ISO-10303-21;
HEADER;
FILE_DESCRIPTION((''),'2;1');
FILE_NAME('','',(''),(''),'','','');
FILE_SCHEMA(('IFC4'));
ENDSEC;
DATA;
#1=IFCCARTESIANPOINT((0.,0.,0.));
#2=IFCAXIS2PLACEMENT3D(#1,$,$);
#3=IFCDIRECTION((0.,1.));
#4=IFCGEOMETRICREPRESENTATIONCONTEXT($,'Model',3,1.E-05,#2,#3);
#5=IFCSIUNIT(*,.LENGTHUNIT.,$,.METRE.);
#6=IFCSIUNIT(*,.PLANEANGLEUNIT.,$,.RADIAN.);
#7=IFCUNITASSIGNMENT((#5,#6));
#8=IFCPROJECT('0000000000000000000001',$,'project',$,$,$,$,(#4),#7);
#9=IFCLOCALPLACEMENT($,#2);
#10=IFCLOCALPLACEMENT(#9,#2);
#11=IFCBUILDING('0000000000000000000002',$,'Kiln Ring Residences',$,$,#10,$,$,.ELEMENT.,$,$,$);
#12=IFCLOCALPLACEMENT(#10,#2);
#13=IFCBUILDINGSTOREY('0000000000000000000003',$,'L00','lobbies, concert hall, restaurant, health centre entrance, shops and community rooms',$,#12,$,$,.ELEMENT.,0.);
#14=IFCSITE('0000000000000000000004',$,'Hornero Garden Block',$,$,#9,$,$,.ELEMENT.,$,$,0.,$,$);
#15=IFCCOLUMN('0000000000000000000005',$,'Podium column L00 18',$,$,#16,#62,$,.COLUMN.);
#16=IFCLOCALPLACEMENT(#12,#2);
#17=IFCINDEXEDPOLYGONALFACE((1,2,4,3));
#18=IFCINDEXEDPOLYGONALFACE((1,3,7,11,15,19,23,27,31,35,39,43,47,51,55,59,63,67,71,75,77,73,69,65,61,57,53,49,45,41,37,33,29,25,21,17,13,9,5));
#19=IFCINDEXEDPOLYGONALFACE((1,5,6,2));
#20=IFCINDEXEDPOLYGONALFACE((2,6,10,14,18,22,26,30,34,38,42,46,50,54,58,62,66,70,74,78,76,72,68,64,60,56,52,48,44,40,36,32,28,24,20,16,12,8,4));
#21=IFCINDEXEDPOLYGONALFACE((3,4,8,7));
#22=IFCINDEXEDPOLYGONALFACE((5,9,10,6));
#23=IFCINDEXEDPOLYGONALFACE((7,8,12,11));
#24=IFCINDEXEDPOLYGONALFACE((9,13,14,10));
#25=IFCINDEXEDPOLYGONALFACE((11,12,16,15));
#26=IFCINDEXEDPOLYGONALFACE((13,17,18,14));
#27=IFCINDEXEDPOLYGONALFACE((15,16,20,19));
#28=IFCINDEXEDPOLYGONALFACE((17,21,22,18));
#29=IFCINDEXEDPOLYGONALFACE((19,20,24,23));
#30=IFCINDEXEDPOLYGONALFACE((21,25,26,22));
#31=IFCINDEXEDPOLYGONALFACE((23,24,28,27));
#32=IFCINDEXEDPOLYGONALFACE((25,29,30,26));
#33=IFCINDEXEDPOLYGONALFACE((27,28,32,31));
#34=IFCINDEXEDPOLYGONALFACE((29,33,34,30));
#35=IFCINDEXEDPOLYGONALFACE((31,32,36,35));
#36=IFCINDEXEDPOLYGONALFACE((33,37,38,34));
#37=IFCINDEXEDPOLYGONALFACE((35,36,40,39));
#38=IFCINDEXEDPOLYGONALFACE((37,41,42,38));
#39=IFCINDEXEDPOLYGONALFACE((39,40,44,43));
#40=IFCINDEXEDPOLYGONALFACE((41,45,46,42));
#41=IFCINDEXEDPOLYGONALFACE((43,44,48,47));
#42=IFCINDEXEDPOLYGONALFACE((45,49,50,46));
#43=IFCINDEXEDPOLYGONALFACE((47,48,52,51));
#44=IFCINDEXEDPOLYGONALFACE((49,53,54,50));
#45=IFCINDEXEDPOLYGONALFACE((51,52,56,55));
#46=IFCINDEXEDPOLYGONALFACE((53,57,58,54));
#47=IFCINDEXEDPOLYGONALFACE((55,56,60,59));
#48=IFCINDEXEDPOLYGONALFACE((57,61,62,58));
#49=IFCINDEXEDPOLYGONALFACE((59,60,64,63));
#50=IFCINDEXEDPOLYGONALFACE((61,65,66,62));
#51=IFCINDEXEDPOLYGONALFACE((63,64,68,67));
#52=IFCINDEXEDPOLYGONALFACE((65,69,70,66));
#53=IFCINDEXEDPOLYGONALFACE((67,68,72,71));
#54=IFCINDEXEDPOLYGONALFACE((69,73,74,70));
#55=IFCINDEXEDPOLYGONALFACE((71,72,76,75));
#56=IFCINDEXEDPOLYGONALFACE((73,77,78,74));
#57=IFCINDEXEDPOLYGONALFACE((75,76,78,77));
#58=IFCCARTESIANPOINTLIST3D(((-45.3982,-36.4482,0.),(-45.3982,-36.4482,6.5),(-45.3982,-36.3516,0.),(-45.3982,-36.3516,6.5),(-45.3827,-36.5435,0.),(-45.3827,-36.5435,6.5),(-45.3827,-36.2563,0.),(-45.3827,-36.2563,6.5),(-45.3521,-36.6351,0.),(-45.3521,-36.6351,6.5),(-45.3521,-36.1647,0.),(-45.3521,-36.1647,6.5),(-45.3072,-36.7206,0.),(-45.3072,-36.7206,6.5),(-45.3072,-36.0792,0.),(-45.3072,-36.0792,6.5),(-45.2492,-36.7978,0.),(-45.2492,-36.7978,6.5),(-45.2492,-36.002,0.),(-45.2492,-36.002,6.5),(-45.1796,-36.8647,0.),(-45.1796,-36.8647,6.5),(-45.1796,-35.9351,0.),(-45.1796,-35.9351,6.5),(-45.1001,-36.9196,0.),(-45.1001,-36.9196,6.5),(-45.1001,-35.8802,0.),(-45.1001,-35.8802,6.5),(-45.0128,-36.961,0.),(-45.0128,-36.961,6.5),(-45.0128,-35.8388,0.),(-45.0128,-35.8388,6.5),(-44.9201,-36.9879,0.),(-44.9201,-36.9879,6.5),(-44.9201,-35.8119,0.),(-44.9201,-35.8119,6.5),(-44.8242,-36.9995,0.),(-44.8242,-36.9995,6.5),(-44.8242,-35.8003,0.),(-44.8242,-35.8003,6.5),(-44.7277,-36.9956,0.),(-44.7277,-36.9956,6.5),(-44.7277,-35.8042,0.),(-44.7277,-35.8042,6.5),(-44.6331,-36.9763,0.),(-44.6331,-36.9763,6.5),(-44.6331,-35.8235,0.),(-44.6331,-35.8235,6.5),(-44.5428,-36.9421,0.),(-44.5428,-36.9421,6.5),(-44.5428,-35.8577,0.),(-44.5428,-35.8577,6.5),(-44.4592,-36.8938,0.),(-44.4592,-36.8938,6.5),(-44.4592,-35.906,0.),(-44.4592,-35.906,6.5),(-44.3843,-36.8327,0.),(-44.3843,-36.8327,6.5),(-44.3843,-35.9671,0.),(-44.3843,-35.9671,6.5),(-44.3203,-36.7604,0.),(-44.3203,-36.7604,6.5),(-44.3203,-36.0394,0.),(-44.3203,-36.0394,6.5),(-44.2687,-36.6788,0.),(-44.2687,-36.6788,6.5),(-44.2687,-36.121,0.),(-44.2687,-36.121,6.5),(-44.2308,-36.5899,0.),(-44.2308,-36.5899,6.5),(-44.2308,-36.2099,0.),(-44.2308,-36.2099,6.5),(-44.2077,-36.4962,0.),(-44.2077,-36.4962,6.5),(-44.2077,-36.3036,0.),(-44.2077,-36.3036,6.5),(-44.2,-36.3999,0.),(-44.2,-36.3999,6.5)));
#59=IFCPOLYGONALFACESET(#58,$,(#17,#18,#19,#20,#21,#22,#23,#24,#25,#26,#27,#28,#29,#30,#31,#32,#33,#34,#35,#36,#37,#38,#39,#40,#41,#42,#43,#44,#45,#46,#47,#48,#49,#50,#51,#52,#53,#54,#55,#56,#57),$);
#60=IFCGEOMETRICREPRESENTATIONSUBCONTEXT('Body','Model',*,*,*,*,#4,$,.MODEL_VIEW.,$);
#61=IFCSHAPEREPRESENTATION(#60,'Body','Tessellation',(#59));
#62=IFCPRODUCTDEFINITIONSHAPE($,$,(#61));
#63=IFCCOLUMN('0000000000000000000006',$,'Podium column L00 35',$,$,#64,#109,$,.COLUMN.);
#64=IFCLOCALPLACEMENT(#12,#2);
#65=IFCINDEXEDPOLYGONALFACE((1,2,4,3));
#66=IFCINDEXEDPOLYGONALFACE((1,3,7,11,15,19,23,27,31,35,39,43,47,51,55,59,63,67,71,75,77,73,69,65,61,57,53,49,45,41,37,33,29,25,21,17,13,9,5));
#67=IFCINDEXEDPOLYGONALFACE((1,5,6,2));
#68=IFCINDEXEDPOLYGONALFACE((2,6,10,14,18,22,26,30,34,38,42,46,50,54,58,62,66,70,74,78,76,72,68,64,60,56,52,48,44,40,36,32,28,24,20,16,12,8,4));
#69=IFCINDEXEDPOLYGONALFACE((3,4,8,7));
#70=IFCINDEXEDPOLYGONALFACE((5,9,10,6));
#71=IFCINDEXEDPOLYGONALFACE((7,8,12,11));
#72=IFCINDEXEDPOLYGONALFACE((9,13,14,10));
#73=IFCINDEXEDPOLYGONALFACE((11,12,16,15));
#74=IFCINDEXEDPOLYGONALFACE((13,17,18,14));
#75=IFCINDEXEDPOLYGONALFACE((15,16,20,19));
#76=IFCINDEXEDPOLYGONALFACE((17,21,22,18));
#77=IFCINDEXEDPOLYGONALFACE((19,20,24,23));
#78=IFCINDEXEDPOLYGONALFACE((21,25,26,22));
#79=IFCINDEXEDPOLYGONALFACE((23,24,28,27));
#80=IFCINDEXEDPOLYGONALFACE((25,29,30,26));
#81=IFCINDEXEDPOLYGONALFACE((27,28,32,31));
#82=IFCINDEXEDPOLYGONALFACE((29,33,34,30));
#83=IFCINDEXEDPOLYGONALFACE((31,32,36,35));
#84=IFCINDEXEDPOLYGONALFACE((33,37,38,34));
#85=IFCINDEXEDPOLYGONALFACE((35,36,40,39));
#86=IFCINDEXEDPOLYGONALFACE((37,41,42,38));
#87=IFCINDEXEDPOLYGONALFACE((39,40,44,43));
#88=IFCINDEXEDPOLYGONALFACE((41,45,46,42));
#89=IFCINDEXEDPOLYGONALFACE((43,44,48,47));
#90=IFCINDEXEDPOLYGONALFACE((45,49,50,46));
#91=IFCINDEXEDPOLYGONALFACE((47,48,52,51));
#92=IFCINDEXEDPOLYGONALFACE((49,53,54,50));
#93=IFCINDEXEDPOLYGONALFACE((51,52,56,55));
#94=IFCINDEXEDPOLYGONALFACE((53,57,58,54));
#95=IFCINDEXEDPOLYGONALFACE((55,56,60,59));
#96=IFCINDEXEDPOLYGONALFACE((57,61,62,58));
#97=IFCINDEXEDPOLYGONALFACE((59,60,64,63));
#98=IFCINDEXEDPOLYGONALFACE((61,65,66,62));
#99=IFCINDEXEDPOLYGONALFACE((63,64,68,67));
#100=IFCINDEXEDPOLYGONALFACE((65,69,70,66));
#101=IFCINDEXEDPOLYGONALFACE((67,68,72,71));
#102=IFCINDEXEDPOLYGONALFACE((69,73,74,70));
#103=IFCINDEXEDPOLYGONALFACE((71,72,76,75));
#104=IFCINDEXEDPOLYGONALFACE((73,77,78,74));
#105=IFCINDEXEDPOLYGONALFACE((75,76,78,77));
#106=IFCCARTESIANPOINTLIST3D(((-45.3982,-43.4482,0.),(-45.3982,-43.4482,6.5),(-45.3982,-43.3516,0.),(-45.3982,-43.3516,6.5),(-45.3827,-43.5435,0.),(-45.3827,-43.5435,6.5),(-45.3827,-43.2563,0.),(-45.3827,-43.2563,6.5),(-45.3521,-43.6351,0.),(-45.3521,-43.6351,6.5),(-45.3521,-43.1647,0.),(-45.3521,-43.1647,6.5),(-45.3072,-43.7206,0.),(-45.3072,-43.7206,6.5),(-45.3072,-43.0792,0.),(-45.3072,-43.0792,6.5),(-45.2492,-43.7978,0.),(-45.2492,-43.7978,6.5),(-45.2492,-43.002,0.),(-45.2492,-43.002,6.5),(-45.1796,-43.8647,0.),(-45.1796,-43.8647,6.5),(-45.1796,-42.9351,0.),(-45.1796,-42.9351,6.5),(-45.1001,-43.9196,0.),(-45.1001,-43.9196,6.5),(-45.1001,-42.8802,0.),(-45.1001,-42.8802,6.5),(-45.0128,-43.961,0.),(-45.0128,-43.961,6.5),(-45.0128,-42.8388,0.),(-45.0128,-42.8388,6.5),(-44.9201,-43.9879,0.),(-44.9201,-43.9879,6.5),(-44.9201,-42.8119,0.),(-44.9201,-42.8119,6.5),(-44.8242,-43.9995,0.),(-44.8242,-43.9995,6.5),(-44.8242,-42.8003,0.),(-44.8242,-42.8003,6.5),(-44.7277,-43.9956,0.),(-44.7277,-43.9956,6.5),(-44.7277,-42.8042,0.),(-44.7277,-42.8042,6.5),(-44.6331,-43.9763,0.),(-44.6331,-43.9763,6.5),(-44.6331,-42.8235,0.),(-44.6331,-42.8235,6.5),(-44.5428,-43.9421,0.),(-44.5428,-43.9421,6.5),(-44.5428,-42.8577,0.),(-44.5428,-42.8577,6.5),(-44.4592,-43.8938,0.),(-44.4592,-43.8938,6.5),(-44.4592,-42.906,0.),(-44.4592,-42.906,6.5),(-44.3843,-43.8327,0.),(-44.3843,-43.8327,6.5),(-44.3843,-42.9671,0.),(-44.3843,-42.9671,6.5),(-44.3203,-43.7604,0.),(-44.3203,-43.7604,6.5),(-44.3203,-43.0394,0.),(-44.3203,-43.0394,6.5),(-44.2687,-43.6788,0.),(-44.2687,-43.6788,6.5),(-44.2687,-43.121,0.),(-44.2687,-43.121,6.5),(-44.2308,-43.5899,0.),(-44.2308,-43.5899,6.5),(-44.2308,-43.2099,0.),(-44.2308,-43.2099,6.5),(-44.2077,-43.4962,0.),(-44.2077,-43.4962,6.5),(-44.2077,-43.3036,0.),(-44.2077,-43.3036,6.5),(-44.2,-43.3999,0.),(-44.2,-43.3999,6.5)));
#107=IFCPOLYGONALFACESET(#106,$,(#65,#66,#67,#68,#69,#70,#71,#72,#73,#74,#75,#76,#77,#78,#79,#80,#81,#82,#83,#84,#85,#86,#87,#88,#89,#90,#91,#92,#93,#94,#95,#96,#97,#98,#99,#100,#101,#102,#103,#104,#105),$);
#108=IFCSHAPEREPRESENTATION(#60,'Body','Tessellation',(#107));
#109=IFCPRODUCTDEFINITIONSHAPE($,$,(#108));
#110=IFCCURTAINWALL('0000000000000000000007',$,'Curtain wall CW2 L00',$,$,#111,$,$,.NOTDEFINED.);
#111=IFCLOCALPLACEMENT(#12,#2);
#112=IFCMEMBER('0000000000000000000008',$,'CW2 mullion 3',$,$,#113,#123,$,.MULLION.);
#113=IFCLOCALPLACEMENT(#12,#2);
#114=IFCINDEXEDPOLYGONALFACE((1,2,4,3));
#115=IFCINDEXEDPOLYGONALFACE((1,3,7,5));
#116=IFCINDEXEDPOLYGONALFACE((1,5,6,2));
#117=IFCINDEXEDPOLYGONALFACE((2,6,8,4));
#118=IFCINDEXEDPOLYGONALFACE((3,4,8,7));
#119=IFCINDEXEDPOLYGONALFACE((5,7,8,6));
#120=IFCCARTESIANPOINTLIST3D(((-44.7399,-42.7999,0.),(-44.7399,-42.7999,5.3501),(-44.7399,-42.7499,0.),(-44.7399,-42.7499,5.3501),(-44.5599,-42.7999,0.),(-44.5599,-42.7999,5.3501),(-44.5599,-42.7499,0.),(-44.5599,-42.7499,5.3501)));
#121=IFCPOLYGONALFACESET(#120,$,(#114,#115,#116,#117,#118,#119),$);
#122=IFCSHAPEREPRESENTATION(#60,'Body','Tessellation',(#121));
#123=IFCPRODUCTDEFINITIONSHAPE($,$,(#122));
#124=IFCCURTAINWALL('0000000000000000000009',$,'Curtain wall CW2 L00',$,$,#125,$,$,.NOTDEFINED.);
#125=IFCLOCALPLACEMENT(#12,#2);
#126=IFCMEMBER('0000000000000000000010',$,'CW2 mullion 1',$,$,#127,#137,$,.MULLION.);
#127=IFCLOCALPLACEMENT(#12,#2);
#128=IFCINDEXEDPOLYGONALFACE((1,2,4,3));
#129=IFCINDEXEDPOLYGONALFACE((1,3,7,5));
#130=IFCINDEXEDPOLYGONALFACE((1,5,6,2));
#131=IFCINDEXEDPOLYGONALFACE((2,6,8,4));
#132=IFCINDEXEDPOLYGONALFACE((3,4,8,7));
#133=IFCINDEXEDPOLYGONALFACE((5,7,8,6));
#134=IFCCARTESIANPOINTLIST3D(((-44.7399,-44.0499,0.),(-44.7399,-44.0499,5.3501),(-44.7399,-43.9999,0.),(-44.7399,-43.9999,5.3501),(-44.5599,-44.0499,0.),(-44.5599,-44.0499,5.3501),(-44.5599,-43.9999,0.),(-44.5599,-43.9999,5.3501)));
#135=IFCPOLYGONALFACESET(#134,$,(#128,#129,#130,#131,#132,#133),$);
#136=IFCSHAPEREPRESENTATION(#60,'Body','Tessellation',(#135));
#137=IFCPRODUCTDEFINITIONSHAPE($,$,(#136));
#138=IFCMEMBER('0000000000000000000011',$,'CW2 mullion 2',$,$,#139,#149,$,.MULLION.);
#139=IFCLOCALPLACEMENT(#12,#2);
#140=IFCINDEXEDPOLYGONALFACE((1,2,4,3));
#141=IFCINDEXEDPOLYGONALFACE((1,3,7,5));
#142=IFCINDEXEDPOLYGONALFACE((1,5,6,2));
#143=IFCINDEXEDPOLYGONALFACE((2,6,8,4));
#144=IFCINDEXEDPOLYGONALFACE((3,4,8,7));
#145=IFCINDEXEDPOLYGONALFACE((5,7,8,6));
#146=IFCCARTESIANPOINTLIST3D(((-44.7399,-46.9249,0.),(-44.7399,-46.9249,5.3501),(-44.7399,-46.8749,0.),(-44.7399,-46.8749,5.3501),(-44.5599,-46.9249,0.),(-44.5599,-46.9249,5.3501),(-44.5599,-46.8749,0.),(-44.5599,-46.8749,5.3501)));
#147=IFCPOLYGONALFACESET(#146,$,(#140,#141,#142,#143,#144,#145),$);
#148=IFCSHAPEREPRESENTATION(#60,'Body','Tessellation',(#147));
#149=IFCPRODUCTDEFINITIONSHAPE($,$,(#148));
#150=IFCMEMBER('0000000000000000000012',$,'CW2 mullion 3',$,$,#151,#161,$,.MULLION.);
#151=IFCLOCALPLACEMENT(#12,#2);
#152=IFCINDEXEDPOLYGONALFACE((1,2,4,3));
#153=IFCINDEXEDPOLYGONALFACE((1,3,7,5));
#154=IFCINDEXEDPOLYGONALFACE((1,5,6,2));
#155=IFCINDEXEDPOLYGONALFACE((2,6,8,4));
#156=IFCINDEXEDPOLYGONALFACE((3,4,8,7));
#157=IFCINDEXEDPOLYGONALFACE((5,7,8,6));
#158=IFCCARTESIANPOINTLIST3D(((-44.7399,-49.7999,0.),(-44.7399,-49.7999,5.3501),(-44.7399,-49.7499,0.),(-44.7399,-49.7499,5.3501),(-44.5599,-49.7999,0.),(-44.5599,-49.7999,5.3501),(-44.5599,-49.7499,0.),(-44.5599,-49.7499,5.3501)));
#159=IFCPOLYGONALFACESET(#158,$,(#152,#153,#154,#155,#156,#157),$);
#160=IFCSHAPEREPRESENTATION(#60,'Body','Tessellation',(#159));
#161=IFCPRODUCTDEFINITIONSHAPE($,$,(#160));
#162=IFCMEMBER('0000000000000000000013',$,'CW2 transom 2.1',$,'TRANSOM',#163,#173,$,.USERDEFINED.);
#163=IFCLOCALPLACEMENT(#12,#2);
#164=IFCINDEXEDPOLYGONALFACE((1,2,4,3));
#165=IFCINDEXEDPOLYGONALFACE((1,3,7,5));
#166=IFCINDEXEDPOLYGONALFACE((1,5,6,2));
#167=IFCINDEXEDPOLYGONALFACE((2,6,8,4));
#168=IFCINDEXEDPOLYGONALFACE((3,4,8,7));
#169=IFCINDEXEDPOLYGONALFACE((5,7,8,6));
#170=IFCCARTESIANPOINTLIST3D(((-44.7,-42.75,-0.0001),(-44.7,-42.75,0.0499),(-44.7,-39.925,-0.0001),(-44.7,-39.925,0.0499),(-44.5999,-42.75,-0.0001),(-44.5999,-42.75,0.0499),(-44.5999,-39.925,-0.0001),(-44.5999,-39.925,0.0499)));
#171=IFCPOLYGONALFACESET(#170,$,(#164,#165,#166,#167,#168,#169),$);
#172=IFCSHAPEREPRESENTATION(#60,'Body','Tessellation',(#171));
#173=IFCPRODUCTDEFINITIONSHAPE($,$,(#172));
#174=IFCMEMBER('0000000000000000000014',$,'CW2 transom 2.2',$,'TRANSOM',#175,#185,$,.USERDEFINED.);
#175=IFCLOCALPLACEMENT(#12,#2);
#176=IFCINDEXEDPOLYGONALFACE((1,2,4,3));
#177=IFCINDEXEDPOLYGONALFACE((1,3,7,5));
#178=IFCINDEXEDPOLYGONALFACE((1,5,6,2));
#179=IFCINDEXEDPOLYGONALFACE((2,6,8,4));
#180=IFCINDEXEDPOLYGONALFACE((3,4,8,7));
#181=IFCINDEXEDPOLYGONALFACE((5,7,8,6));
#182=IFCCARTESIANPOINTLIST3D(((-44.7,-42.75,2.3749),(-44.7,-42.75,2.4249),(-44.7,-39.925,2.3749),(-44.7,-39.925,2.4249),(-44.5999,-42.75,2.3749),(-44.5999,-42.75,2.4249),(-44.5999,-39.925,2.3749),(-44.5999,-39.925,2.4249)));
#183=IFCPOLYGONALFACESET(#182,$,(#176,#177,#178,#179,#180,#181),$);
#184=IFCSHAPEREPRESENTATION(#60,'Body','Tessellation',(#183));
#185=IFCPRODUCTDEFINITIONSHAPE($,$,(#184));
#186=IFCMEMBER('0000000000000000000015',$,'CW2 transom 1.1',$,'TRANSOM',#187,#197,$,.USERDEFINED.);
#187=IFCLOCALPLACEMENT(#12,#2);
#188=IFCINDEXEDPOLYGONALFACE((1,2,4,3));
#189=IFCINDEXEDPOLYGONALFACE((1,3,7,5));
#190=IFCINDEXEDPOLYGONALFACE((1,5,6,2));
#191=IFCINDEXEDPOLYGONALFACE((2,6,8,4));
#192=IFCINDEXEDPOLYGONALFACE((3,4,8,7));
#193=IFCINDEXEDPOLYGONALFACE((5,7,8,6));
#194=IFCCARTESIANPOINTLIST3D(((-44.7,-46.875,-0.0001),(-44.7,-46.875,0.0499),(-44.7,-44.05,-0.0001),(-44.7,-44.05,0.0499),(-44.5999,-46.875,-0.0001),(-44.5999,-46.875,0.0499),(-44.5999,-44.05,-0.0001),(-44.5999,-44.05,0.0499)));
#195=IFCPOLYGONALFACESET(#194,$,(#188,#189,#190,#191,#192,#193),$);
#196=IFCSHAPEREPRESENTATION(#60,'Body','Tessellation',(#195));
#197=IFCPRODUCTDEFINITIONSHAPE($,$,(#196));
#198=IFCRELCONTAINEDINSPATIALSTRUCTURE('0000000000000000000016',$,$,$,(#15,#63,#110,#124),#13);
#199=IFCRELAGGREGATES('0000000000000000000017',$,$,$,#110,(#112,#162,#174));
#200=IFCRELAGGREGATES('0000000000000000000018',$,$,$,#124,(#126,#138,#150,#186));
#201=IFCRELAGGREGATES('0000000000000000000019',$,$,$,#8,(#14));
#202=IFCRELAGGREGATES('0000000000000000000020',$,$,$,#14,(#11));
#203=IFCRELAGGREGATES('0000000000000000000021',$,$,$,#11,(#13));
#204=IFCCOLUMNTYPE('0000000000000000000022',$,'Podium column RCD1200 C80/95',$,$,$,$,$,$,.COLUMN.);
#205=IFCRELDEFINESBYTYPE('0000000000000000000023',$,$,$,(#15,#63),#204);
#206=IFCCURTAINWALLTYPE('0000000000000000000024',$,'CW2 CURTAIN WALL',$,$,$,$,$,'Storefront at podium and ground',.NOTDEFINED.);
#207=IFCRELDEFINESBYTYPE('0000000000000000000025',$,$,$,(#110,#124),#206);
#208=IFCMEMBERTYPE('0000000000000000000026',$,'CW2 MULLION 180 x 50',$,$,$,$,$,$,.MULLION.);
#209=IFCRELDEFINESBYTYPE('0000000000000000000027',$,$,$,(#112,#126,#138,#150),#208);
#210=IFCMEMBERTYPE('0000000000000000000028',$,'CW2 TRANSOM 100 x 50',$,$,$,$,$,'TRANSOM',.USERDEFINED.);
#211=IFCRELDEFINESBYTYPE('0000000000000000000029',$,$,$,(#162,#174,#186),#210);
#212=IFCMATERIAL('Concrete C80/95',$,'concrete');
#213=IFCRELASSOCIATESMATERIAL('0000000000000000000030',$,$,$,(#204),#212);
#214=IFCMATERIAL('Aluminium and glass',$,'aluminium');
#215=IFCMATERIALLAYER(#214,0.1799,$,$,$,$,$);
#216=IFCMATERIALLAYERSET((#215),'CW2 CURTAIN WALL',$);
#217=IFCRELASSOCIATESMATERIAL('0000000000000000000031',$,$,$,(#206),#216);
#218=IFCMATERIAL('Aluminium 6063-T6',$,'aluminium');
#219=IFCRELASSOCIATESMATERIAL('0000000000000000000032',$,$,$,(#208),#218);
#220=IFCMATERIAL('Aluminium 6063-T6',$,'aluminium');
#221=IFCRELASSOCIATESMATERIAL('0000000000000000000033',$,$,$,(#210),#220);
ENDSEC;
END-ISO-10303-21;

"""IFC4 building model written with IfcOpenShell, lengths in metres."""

from ifc_helpers import new_model, si_unit, direction, frame, origin, origin_2d, place, context, subcontext, project, spatial, rectangle, circle, extrude, material, layer, layer_set, material_profile, profile_set, type_object, element, aggregate, save


model = new_model("IFC4")

# Units and contexts
model_context = context("Model", 3, precision=1e-05, world=origin(), true_north=direction((0.0, 1.0)))
body_context = subcontext(model_context, "Body", "Model", "MODEL_VIEW")
ifc_project = project(units=[si_unit("LENGTHUNIT", "METRE"), si_unit("PLANEANGLEUNIT", "RADIAN")], contexts=[model_context])

# Site, building, storey
site_placement = place(None, origin())
site = spatial("IfcSite", under=ifc_project, at=site_placement, Name="Hornero Garden Block", CompositionType="ELEMENT", RefElevation=0.0)
building_placement = place(site_placement, origin())
building = spatial("IfcBuilding", under=site, at=building_placement, Name="Kiln Ring Residences", CompositionType="ELEMENT")
storey_placement = place(building_placement, origin())
storey = spatial("IfcBuildingStorey", under=building, at=storey_placement, Name="L00", Description="lobbies, concert hall, restaurant, health centre entrance, shops and community rooms", CompositionType="ELEMENT", Elevation=0.0)

# Columns
ifc_material_1 = material(Name="Concrete C80/95", Category="concrete")
ifc_material_profile_1 = material_profile(ifc_material_1, circle(Radius=0.6001, at=origin_2d()), Name="RCD1200")
ifc_profile_set_1 = profile_set([ifc_material_profile_1], Name="Concrete C80/95")
column_type = type_object("IfcColumnType", Name="Podium column RCD1200 C80/95", PredefinedType="COLUMN", material=ifc_profile_set_1)
for number, where, z_axis, x_axis, name in (
    (1, (-44.8, -36.3999, 0.0), (0.0, 0.0, 1.0), (1.0, 0.0, 0.0), "Podium column L00 18"),
    (2, (-44.8, -43.3999, 0.0), (0.0, 0.0, 1.0), (1.0, 0.0, 0.0), "Podium column L00 35"),
):
    element("IfcColumn", number, at=place(storey_placement, frame(where, z_axis=z_axis, x_axis=x_axis)), inside=storey, type_object=column_type, Name=name, PredefinedType="COLUMN", context=body_context, shape_type="SweptSolid", body=[
        extrude(circle(Radius=0.6001, at=origin_2d()), origin(), (0.0, 0.0, 1.0), 6.5),
    ])

# Curtain wall, member
ifc_material_2 = material(Name="Aluminium and glass", Category="aluminium")
ifc_layer_1 = layer(ifc_material_2, 0.1799)
ifc_layer_set_1 = layer_set([ifc_layer_1], Name="CW2 CURTAIN WALL")
curtain_wall_type = type_object("IfcCurtainWallType", Name="CW2 CURTAIN WALL", ElementType="Storefront at podium and ground", PredefinedType="NOTDEFINED", material=ifc_layer_set_1)
placement = place(storey_placement, origin())
curtain_wall_1 = element("IfcCurtainWall", 3, at=placement, inside=storey, type_object=curtain_wall_type, Name="Curtain wall CW2 L00", PredefinedType="NOTDEFINED")
ifc_material_3 = material(Name="Aluminium 6063-T6", Category="aluminium")
ifc_material_profile_2 = material_profile(ifc_material_3, rectangle(XDim=0.1799, YDim=0.05, at=origin_2d()), Name="AL 180x50")
ifc_profile_set_2 = profile_set([ifc_material_profile_2], Name="Aluminium 6063-T6")
member_type_1 = type_object("IfcMemberType", Name="CW2 MULLION 180 x 50", PredefinedType="MULLION", material=ifc_profile_set_2)
member_1_placement = place(storey_placement, frame((-44.6499, -42.7749, 0.0), z_axis=(0.0, 0.0, 1.0), x_axis=(1.0, 0.0, 0.0)))
member_1 = element("IfcMember", 4, at=member_1_placement, type_object=member_type_1, Name="CW2 mullion 3", PredefinedType="MULLION", context=body_context, shape_type="SweptSolid", body=[
    extrude(rectangle(XDim=0.1799, YDim=0.05, at=origin_2d()), origin(), (0.0, 0.0, 1.0), 5.3501),
])

# Curtain wall, members
curtain_wall_2 = element("IfcCurtainWall", 5, at=placement, inside=storey, type_object=curtain_wall_type, Name="Curtain wall CW2 L00", PredefinedType="NOTDEFINED")
member_2_placement = place(storey_placement, frame((-44.6499, -44.0249, 0.0), z_axis=(0.0, 0.0, 1.0), x_axis=(1.0, 0.0, 0.0)))
member_2 = element("IfcMember", 6, at=member_2_placement, type_object=member_type_1, Name="CW2 mullion 1", PredefinedType="MULLION", context=body_context, shape_type="SweptSolid", body=[
    extrude(rectangle(XDim=0.1799, YDim=0.05, at=origin_2d()), origin(), (0.0, 0.0, 1.0), 5.3501),
])
member_3_placement = place(storey_placement, frame((-44.6499, -46.8999, 0.0), z_axis=(0.0, 0.0, 1.0), x_axis=(1.0, 0.0, 0.0)))
member_3 = element("IfcMember", 7, at=member_3_placement, type_object=member_type_1, Name="CW2 mullion 2", PredefinedType="MULLION", context=body_context, shape_type="SweptSolid", body=[
    extrude(rectangle(XDim=0.1799, YDim=0.05, at=origin_2d()), origin(), (0.0, 0.0, 1.0), 5.3501),
])
member_4_placement = place(storey_placement, frame((-44.6499, -49.7749, 0.0), z_axis=(0.0, 0.0, 1.0), x_axis=(1.0, 0.0, 0.0)))
member_4 = element("IfcMember", 8, at=member_4_placement, type_object=member_type_1, Name="CW2 mullion 3", PredefinedType="MULLION", context=body_context, shape_type="SweptSolid", body=[
    extrude(rectangle(XDim=0.1799, YDim=0.05, at=origin_2d()), origin(), (0.0, 0.0, 1.0), 5.3501),
])

# Members
ifc_material_4 = material(Name="Aluminium 6063-T6", Category="aluminium")
ifc_material_profile_3 = material_profile(ifc_material_4, rectangle(XDim=0.1001, YDim=0.05, at=origin_2d()), Name="AL 100x50")
ifc_profile_set_3 = profile_set([ifc_material_profile_3], Name="Aluminium 6063-T6")
member_type_2 = type_object("IfcMemberType", Name="CW2 TRANSOM 100 x 50", ElementType="TRANSOM", PredefinedType="USERDEFINED", material=ifc_profile_set_3)
member_5_placement = place(storey_placement, frame((-44.6499, -39.925, 0.0249), z_axis=(0.0, -1.0, 0.0), x_axis=(1.0, 0.0, 0.0)))
member_5 = element("IfcMember", 9, at=member_5_placement, type_object=member_type_2, Name="CW2 transom 2.1", ObjectType="TRANSOM", PredefinedType="USERDEFINED", context=body_context, shape_type="SweptSolid", body=[
    extrude(rectangle(XDim=0.1001, YDim=0.05, at=origin_2d()), origin(), (0.0, 0.0, 1.0), 2.825),
])
member_6_placement = place(storey_placement, frame((-44.6499, -39.925, 2.3999), z_axis=(0.0, -1.0, 0.0), x_axis=(1.0, 0.0, 0.0)))
member_6 = element("IfcMember", 10, at=member_6_placement, type_object=member_type_2, Name="CW2 transom 2.2", ObjectType="TRANSOM", PredefinedType="USERDEFINED", context=body_context, shape_type="SweptSolid", body=[
    extrude(rectangle(XDim=0.1001, YDim=0.05, at=origin_2d()), origin(), (0.0, 0.0, 1.0), 2.825),
])
member_7_placement = place(storey_placement, frame((-44.6499, -44.05, 0.0249), z_axis=(0.0, -1.0, 0.0), x_axis=(1.0, 0.0, 0.0)))
member_7 = element("IfcMember", 11, at=member_7_placement, type_object=member_type_2, Name="CW2 transom 1.1", ObjectType="TRANSOM", PredefinedType="USERDEFINED", context=body_context, shape_type="SweptSolid", body=[
    extrude(rectangle(XDim=0.1001, YDim=0.05, at=origin_2d()), origin(), (0.0, 0.0, 1.0), 2.825),
])

aggregate(curtain_wall_1, [member_1, member_5, member_6])
aggregate(curtain_wall_2, [member_2, member_3, member_4, member_7])

save(model, "model.ifc")
